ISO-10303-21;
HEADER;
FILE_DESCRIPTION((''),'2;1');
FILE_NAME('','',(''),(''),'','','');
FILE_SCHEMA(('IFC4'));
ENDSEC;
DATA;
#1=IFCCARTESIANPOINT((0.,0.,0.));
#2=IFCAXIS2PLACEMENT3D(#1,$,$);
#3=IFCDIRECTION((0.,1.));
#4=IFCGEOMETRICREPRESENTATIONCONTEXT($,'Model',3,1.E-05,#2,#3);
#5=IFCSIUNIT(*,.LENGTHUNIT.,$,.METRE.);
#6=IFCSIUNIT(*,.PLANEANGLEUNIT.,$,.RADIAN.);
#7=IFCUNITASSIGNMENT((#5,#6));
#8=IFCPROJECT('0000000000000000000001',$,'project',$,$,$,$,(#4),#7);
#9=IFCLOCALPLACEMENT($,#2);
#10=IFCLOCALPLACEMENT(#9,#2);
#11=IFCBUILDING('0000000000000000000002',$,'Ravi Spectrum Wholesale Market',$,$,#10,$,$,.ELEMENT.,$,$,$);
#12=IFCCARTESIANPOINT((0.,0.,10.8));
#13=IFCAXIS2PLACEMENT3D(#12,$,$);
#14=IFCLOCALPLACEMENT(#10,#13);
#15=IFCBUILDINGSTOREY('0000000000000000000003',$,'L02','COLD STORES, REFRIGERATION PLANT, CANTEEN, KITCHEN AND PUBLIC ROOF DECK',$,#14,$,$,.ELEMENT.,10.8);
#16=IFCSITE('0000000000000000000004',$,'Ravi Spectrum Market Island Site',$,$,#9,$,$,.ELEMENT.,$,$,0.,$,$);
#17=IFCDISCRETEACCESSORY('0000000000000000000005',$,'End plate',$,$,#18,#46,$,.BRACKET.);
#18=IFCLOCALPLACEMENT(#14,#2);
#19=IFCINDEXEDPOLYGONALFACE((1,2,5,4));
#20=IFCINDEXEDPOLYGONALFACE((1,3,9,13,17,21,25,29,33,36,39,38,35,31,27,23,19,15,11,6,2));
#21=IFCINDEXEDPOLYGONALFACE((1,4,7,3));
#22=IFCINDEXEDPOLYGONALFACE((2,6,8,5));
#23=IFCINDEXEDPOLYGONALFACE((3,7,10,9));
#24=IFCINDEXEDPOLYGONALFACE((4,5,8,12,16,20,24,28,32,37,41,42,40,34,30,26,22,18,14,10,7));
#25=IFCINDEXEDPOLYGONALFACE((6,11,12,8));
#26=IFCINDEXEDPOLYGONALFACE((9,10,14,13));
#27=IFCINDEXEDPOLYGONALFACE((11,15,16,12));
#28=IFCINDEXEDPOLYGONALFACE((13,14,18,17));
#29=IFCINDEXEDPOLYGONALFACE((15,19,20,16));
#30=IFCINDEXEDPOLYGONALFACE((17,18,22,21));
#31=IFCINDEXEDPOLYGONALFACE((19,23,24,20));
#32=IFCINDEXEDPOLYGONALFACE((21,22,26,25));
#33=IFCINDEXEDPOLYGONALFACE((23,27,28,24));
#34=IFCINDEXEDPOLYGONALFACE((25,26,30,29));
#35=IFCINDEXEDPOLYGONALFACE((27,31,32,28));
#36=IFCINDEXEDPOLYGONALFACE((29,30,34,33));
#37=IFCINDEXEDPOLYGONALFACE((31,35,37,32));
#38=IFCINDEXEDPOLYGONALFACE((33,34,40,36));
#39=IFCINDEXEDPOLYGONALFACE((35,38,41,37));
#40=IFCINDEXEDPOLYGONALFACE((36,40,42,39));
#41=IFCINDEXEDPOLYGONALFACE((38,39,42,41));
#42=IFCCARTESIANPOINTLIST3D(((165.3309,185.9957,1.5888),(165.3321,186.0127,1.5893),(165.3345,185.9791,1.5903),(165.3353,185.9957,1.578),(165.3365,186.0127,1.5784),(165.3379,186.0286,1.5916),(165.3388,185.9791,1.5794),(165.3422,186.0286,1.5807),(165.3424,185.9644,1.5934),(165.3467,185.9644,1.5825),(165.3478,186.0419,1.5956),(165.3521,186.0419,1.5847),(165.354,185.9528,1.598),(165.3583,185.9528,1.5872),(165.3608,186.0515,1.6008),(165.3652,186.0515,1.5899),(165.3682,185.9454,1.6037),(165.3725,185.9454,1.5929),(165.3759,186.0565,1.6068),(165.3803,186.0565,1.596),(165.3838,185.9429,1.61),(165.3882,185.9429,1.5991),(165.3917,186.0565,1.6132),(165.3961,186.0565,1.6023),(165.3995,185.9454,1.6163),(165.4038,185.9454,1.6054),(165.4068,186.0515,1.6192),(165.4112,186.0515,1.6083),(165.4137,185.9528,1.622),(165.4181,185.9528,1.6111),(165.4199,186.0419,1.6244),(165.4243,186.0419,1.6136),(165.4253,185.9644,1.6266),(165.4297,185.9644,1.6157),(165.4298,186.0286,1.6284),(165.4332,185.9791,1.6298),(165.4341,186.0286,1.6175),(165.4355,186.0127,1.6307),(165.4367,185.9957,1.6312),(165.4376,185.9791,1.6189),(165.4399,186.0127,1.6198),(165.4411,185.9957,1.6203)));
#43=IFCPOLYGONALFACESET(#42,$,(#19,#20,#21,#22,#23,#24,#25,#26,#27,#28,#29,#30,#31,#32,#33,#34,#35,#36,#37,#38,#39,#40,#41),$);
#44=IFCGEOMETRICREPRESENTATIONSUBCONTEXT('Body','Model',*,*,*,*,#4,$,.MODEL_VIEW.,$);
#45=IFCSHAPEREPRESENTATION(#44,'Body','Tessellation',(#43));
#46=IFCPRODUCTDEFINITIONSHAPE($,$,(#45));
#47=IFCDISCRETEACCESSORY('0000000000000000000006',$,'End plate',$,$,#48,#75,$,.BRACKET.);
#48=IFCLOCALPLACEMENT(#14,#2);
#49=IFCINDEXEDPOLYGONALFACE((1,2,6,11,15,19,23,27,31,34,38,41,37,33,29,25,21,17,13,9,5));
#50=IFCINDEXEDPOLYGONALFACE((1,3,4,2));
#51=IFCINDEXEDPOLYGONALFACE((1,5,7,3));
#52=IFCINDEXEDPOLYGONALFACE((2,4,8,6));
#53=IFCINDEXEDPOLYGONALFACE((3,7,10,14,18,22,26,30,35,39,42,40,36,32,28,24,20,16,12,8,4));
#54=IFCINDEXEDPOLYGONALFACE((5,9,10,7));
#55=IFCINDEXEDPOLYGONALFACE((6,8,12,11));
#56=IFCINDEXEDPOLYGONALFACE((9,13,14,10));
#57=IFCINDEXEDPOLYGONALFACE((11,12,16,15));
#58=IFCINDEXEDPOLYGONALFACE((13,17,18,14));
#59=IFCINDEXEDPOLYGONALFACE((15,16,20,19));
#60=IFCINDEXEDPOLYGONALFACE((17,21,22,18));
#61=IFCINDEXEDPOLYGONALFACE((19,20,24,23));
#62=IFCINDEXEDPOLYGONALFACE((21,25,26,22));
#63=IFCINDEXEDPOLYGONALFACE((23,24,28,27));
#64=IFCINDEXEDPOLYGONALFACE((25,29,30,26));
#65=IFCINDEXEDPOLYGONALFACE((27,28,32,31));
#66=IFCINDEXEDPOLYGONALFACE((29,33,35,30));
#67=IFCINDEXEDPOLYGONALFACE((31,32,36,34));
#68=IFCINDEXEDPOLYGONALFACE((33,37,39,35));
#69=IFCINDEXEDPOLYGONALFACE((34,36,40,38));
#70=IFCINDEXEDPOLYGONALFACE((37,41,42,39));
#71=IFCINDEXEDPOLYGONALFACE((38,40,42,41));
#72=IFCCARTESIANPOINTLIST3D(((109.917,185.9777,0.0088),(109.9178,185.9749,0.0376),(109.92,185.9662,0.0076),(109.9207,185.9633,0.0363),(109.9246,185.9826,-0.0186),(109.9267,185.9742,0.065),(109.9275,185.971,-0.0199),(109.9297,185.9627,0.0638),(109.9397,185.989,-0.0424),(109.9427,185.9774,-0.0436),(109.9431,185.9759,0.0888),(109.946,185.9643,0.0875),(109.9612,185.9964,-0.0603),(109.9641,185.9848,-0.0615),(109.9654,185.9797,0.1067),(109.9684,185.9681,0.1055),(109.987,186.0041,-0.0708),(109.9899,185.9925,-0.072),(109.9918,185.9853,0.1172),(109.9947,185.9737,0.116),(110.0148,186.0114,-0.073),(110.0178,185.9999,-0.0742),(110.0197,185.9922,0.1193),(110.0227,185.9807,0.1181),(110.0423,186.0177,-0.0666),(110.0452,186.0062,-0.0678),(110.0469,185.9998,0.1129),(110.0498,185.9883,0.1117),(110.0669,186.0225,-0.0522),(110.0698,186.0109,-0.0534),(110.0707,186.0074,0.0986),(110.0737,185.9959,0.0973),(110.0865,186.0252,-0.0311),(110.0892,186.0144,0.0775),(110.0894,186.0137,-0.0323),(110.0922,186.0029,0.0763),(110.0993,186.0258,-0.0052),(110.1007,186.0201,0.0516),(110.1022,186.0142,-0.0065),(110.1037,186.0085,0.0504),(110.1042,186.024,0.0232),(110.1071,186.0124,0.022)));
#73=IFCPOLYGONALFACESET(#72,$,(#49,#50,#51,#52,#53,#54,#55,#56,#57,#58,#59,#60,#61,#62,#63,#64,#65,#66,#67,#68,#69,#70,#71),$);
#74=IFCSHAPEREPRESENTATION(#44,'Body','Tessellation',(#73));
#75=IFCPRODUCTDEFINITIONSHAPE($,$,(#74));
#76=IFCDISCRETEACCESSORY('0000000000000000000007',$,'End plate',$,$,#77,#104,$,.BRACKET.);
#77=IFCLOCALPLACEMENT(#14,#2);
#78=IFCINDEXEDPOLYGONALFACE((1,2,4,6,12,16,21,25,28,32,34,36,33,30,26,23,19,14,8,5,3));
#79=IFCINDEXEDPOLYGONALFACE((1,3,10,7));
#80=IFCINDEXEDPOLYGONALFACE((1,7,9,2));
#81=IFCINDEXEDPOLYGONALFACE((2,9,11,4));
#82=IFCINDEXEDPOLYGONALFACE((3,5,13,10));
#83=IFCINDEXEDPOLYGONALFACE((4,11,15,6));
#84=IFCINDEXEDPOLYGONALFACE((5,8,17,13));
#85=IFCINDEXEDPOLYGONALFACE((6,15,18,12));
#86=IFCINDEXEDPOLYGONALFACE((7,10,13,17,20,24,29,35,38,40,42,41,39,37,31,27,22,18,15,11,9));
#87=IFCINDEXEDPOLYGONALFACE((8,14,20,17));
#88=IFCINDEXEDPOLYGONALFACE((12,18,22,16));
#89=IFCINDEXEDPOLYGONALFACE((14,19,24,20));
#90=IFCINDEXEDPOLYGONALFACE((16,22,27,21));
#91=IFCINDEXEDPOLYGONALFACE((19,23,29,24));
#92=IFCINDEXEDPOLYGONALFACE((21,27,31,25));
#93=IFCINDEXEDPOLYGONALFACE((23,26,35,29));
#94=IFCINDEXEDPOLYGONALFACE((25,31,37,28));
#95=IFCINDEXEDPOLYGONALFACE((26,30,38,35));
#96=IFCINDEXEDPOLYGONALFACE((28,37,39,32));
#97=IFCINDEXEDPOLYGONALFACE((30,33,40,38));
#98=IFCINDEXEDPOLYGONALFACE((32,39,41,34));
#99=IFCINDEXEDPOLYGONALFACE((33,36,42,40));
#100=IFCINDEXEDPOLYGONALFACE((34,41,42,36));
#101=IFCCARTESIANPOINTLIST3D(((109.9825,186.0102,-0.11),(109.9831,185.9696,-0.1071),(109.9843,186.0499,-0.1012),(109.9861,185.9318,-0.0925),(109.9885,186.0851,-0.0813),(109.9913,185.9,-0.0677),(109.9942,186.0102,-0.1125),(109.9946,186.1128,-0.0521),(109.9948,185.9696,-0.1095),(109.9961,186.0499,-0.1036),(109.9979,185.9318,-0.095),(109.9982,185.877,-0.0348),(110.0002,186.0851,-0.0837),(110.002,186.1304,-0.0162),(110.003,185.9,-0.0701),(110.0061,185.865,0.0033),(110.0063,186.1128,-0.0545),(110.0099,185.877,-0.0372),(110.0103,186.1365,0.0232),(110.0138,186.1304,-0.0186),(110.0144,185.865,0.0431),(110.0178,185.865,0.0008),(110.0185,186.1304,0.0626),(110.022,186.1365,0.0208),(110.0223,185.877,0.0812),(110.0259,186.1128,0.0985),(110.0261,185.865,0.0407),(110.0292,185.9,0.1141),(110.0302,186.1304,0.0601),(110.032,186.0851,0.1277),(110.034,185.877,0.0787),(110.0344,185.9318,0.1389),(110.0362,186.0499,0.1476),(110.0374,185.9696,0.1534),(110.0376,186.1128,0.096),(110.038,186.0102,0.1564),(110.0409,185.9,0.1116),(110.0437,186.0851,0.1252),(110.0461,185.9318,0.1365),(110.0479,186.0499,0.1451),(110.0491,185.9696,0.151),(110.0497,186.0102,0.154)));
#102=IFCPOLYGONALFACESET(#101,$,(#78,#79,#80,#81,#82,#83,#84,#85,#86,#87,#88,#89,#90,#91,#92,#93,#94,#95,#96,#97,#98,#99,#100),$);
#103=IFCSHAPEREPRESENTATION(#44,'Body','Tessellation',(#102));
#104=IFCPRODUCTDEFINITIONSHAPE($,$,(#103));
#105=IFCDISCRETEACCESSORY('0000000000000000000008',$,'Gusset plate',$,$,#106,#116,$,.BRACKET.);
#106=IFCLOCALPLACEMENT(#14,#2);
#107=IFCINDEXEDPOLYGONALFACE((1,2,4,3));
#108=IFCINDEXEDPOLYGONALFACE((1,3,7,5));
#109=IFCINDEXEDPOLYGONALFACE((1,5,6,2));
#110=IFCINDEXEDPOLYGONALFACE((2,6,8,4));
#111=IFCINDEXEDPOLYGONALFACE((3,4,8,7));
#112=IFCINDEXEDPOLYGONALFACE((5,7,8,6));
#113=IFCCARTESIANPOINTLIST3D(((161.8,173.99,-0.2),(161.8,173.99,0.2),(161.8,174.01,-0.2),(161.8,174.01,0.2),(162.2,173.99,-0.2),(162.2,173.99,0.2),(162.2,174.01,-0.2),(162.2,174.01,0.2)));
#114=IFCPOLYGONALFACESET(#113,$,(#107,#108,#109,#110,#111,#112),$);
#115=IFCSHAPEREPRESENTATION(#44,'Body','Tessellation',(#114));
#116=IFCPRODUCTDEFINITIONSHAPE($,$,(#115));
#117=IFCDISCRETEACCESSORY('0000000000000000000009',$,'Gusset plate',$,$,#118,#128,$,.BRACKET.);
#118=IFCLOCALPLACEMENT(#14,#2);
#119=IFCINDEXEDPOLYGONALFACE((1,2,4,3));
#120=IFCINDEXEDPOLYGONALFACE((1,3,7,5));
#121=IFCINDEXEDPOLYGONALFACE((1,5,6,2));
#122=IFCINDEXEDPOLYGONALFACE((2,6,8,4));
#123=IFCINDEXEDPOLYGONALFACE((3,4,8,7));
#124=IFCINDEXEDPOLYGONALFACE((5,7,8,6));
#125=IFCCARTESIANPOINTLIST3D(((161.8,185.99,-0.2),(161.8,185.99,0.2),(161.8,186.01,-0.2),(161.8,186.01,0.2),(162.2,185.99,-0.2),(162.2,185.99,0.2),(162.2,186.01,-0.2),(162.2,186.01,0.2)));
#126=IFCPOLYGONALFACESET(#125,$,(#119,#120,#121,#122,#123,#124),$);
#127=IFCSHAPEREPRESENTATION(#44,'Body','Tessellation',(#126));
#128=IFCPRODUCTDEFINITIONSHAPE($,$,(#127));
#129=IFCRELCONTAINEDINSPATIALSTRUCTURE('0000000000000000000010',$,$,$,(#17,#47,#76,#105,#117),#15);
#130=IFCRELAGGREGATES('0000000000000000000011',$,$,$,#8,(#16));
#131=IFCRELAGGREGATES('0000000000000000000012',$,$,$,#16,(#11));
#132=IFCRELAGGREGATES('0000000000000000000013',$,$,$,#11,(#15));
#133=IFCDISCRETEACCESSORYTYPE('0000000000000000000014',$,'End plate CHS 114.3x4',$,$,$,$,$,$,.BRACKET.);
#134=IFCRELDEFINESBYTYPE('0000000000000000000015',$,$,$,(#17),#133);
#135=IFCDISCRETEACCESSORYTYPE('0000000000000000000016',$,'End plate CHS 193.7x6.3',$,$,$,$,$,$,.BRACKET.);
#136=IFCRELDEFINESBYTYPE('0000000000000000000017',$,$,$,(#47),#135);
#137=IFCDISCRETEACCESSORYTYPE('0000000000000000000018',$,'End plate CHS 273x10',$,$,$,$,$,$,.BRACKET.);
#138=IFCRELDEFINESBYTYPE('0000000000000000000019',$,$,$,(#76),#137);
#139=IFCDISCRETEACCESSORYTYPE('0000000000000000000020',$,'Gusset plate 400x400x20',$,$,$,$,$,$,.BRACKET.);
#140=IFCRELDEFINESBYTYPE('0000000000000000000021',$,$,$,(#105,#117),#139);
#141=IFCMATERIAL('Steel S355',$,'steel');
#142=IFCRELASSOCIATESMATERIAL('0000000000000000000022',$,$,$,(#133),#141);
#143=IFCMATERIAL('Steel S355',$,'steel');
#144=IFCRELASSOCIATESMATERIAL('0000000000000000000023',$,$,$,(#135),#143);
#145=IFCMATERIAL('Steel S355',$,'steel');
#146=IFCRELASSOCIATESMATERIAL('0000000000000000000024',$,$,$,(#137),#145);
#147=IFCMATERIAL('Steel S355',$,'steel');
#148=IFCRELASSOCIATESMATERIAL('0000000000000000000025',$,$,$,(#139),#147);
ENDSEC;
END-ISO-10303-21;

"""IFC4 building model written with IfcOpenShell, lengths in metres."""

from ifc_helpers import new_model, si_unit, direction, frame, origin, origin_2d, place, context, subcontext, project, spatial, rectangle, circle, extrude, material, material_profile, profile_set, type_object, element, save


model = new_model("IFC4")

# Units and contexts
model_context = context("Model", 3, precision=1e-05, world=origin(), true_north=direction((0.0, 1.0)))
body_context = subcontext(model_context, "Body", "Model", "MODEL_VIEW")
ifc_project = project(units=[si_unit("LENGTHUNIT", "METRE"), si_unit("PLANEANGLEUNIT", "RADIAN")], contexts=[model_context])

# Site, building, storey
site_placement = place(None, origin())
site = spatial("IfcSite", under=ifc_project, at=site_placement, Name="Ravi Spectrum Market Island Site", CompositionType="ELEMENT", RefElevation=0.0)
building_placement = place(site_placement, origin())
building = spatial("IfcBuilding", under=site, at=building_placement, Name="Ravi Spectrum Wholesale Market", CompositionType="ELEMENT")
storey_placement = place(building_placement, frame((0.0, 0.0, 10.8)))
storey = spatial("IfcBuildingStorey", under=building, at=storey_placement, Name="L02", Description="COLD STORES, REFRIGERATION PLANT, CANTEEN, KITCHEN AND PUBLIC ROOF DECK", CompositionType="ELEMENT", Elevation=10.8)

# Discrete accessories
ifc_material_1 = material(Name="Steel S355", Category="steel")
ifc_material_profile_1 = material_profile(ifc_material_1, circle(Radius=0.0571, at=origin_2d()))
ifc_profile_set_1 = profile_set([ifc_material_profile_1], Name="Steel S355")
discrete_accessory_type_1 = type_object("IfcDiscreteAccessoryType", Name="End plate CHS 114.3x4", PredefinedType="BRACKET", material=ifc_profile_set_1)
for number, where, z_axis, x_axis, name in (
    (1, (165.3882, 186.0, 1.5991), (-0.371391, 0.0, 0.928477), (0.0, -1.0, 0.0), "End plate"),
):
    element("IfcDiscreteAccessory", number, at=place(storey_placement, frame(where, z_axis=z_axis, x_axis=x_axis)), inside=storey, type_object=discrete_accessory_type_1, Name=name, PredefinedType="BRACKET", context=body_context, shape_type="SweptSolid", body=[
        extrude(circle(Radius=0.0571, at=origin_2d()), origin(), (0.0, 0.0, 1.0), 0.0117),
    ])
ifc_material_2 = material(Name="Steel S355", Category="steel")
ifc_material_profile_2 = material_profile(ifc_material_2, circle(Radius=0.0969, at=origin_2d()))
ifc_profile_set_2 = profile_set([ifc_material_profile_2], Name="Steel S355")
discrete_accessory_type_2 = type_object("IfcDiscreteAccessoryType", Name="End plate CHS 193.7x6.3", PredefinedType="BRACKET", material=ifc_profile_set_2)
discrete_accessory_1_placement = place(storey_placement, frame((110.0103, 186.0, 0.0232), z_axis=(0.246079, -0.963811, -0.102533), x_axis=(0.968918, 0.247383, 0.0)))
element("IfcDiscreteAccessory", 2, at=discrete_accessory_1_placement, inside=storey, type_object=discrete_accessory_type_2, Name="End plate", PredefinedType="BRACKET", context=body_context, shape_type="SweptSolid", body=[
    extrude(circle(Radius=0.0969, at=origin_2d()), origin(), (0.0, 0.0, 1.0), 0.012),
])
ifc_material_3 = material(Name="Steel S355", Category="steel")
ifc_material_profile_3 = material_profile(ifc_material_3, circle(Radius=0.1365, at=origin_2d()))
ifc_profile_set_3 = profile_set([ifc_material_profile_3], Name="Steel S355")
discrete_accessory_type_3 = type_object("IfcDiscreteAccessoryType", Name="End plate CHS 273x10", PredefinedType="BRACKET", material=ifc_profile_set_3)
discrete_accessory_2_placement = place(storey_placement, frame((110.0103, 186.0, 0.0232), z_axis=(0.97898, 0.0, -0.203954), x_axis=(0.0, 1.0, 0.0)))
element("IfcDiscreteAccessory", 3, at=discrete_accessory_2_placement, inside=storey, type_object=discrete_accessory_type_3, Name="End plate", PredefinedType="BRACKET", context=body_context, shape_type="SweptSolid", body=[
    extrude(circle(Radius=0.1365, at=origin_2d()), origin(), (0.0, 0.0, 1.0), 0.012),
])
ifc_material_4 = material(Name="Steel S355", Category="steel")
ifc_material_profile_4 = material_profile(ifc_material_4, rectangle(XDim=0.3999, YDim=0.02, at=origin_2d()))
ifc_profile_set_4 = profile_set([ifc_material_profile_4], Name="Steel S355")
discrete_accessory_type_4 = type_object("IfcDiscreteAccessoryType", Name="Gusset plate 400x400x20", PredefinedType="BRACKET", material=ifc_profile_set_4)
for number, where, z_axis, x_axis, name in (
    (4, (162.0, 174.0, -0.2), (0.0, 0.0, 1.0), (1.0, 0.0, 0.0), "Gusset plate"),
    (5, (162.0, 186.0, -0.2), (0.0, 0.0, 1.0), (1.0, 0.0, 0.0), "Gusset plate"),
):
    element("IfcDiscreteAccessory", number, at=place(storey_placement, frame(where, z_axis=z_axis, x_axis=x_axis)), inside=storey, type_object=discrete_accessory_type_4, Name=name, PredefinedType="BRACKET", context=body_context, shape_type="SweptSolid", body=[
        extrude(rectangle(XDim=0.3999, YDim=0.02, at=origin_2d()), origin(), (0.0, 0.0, 1.0), 0.3999),
    ])

save(model, "model.ifc")
